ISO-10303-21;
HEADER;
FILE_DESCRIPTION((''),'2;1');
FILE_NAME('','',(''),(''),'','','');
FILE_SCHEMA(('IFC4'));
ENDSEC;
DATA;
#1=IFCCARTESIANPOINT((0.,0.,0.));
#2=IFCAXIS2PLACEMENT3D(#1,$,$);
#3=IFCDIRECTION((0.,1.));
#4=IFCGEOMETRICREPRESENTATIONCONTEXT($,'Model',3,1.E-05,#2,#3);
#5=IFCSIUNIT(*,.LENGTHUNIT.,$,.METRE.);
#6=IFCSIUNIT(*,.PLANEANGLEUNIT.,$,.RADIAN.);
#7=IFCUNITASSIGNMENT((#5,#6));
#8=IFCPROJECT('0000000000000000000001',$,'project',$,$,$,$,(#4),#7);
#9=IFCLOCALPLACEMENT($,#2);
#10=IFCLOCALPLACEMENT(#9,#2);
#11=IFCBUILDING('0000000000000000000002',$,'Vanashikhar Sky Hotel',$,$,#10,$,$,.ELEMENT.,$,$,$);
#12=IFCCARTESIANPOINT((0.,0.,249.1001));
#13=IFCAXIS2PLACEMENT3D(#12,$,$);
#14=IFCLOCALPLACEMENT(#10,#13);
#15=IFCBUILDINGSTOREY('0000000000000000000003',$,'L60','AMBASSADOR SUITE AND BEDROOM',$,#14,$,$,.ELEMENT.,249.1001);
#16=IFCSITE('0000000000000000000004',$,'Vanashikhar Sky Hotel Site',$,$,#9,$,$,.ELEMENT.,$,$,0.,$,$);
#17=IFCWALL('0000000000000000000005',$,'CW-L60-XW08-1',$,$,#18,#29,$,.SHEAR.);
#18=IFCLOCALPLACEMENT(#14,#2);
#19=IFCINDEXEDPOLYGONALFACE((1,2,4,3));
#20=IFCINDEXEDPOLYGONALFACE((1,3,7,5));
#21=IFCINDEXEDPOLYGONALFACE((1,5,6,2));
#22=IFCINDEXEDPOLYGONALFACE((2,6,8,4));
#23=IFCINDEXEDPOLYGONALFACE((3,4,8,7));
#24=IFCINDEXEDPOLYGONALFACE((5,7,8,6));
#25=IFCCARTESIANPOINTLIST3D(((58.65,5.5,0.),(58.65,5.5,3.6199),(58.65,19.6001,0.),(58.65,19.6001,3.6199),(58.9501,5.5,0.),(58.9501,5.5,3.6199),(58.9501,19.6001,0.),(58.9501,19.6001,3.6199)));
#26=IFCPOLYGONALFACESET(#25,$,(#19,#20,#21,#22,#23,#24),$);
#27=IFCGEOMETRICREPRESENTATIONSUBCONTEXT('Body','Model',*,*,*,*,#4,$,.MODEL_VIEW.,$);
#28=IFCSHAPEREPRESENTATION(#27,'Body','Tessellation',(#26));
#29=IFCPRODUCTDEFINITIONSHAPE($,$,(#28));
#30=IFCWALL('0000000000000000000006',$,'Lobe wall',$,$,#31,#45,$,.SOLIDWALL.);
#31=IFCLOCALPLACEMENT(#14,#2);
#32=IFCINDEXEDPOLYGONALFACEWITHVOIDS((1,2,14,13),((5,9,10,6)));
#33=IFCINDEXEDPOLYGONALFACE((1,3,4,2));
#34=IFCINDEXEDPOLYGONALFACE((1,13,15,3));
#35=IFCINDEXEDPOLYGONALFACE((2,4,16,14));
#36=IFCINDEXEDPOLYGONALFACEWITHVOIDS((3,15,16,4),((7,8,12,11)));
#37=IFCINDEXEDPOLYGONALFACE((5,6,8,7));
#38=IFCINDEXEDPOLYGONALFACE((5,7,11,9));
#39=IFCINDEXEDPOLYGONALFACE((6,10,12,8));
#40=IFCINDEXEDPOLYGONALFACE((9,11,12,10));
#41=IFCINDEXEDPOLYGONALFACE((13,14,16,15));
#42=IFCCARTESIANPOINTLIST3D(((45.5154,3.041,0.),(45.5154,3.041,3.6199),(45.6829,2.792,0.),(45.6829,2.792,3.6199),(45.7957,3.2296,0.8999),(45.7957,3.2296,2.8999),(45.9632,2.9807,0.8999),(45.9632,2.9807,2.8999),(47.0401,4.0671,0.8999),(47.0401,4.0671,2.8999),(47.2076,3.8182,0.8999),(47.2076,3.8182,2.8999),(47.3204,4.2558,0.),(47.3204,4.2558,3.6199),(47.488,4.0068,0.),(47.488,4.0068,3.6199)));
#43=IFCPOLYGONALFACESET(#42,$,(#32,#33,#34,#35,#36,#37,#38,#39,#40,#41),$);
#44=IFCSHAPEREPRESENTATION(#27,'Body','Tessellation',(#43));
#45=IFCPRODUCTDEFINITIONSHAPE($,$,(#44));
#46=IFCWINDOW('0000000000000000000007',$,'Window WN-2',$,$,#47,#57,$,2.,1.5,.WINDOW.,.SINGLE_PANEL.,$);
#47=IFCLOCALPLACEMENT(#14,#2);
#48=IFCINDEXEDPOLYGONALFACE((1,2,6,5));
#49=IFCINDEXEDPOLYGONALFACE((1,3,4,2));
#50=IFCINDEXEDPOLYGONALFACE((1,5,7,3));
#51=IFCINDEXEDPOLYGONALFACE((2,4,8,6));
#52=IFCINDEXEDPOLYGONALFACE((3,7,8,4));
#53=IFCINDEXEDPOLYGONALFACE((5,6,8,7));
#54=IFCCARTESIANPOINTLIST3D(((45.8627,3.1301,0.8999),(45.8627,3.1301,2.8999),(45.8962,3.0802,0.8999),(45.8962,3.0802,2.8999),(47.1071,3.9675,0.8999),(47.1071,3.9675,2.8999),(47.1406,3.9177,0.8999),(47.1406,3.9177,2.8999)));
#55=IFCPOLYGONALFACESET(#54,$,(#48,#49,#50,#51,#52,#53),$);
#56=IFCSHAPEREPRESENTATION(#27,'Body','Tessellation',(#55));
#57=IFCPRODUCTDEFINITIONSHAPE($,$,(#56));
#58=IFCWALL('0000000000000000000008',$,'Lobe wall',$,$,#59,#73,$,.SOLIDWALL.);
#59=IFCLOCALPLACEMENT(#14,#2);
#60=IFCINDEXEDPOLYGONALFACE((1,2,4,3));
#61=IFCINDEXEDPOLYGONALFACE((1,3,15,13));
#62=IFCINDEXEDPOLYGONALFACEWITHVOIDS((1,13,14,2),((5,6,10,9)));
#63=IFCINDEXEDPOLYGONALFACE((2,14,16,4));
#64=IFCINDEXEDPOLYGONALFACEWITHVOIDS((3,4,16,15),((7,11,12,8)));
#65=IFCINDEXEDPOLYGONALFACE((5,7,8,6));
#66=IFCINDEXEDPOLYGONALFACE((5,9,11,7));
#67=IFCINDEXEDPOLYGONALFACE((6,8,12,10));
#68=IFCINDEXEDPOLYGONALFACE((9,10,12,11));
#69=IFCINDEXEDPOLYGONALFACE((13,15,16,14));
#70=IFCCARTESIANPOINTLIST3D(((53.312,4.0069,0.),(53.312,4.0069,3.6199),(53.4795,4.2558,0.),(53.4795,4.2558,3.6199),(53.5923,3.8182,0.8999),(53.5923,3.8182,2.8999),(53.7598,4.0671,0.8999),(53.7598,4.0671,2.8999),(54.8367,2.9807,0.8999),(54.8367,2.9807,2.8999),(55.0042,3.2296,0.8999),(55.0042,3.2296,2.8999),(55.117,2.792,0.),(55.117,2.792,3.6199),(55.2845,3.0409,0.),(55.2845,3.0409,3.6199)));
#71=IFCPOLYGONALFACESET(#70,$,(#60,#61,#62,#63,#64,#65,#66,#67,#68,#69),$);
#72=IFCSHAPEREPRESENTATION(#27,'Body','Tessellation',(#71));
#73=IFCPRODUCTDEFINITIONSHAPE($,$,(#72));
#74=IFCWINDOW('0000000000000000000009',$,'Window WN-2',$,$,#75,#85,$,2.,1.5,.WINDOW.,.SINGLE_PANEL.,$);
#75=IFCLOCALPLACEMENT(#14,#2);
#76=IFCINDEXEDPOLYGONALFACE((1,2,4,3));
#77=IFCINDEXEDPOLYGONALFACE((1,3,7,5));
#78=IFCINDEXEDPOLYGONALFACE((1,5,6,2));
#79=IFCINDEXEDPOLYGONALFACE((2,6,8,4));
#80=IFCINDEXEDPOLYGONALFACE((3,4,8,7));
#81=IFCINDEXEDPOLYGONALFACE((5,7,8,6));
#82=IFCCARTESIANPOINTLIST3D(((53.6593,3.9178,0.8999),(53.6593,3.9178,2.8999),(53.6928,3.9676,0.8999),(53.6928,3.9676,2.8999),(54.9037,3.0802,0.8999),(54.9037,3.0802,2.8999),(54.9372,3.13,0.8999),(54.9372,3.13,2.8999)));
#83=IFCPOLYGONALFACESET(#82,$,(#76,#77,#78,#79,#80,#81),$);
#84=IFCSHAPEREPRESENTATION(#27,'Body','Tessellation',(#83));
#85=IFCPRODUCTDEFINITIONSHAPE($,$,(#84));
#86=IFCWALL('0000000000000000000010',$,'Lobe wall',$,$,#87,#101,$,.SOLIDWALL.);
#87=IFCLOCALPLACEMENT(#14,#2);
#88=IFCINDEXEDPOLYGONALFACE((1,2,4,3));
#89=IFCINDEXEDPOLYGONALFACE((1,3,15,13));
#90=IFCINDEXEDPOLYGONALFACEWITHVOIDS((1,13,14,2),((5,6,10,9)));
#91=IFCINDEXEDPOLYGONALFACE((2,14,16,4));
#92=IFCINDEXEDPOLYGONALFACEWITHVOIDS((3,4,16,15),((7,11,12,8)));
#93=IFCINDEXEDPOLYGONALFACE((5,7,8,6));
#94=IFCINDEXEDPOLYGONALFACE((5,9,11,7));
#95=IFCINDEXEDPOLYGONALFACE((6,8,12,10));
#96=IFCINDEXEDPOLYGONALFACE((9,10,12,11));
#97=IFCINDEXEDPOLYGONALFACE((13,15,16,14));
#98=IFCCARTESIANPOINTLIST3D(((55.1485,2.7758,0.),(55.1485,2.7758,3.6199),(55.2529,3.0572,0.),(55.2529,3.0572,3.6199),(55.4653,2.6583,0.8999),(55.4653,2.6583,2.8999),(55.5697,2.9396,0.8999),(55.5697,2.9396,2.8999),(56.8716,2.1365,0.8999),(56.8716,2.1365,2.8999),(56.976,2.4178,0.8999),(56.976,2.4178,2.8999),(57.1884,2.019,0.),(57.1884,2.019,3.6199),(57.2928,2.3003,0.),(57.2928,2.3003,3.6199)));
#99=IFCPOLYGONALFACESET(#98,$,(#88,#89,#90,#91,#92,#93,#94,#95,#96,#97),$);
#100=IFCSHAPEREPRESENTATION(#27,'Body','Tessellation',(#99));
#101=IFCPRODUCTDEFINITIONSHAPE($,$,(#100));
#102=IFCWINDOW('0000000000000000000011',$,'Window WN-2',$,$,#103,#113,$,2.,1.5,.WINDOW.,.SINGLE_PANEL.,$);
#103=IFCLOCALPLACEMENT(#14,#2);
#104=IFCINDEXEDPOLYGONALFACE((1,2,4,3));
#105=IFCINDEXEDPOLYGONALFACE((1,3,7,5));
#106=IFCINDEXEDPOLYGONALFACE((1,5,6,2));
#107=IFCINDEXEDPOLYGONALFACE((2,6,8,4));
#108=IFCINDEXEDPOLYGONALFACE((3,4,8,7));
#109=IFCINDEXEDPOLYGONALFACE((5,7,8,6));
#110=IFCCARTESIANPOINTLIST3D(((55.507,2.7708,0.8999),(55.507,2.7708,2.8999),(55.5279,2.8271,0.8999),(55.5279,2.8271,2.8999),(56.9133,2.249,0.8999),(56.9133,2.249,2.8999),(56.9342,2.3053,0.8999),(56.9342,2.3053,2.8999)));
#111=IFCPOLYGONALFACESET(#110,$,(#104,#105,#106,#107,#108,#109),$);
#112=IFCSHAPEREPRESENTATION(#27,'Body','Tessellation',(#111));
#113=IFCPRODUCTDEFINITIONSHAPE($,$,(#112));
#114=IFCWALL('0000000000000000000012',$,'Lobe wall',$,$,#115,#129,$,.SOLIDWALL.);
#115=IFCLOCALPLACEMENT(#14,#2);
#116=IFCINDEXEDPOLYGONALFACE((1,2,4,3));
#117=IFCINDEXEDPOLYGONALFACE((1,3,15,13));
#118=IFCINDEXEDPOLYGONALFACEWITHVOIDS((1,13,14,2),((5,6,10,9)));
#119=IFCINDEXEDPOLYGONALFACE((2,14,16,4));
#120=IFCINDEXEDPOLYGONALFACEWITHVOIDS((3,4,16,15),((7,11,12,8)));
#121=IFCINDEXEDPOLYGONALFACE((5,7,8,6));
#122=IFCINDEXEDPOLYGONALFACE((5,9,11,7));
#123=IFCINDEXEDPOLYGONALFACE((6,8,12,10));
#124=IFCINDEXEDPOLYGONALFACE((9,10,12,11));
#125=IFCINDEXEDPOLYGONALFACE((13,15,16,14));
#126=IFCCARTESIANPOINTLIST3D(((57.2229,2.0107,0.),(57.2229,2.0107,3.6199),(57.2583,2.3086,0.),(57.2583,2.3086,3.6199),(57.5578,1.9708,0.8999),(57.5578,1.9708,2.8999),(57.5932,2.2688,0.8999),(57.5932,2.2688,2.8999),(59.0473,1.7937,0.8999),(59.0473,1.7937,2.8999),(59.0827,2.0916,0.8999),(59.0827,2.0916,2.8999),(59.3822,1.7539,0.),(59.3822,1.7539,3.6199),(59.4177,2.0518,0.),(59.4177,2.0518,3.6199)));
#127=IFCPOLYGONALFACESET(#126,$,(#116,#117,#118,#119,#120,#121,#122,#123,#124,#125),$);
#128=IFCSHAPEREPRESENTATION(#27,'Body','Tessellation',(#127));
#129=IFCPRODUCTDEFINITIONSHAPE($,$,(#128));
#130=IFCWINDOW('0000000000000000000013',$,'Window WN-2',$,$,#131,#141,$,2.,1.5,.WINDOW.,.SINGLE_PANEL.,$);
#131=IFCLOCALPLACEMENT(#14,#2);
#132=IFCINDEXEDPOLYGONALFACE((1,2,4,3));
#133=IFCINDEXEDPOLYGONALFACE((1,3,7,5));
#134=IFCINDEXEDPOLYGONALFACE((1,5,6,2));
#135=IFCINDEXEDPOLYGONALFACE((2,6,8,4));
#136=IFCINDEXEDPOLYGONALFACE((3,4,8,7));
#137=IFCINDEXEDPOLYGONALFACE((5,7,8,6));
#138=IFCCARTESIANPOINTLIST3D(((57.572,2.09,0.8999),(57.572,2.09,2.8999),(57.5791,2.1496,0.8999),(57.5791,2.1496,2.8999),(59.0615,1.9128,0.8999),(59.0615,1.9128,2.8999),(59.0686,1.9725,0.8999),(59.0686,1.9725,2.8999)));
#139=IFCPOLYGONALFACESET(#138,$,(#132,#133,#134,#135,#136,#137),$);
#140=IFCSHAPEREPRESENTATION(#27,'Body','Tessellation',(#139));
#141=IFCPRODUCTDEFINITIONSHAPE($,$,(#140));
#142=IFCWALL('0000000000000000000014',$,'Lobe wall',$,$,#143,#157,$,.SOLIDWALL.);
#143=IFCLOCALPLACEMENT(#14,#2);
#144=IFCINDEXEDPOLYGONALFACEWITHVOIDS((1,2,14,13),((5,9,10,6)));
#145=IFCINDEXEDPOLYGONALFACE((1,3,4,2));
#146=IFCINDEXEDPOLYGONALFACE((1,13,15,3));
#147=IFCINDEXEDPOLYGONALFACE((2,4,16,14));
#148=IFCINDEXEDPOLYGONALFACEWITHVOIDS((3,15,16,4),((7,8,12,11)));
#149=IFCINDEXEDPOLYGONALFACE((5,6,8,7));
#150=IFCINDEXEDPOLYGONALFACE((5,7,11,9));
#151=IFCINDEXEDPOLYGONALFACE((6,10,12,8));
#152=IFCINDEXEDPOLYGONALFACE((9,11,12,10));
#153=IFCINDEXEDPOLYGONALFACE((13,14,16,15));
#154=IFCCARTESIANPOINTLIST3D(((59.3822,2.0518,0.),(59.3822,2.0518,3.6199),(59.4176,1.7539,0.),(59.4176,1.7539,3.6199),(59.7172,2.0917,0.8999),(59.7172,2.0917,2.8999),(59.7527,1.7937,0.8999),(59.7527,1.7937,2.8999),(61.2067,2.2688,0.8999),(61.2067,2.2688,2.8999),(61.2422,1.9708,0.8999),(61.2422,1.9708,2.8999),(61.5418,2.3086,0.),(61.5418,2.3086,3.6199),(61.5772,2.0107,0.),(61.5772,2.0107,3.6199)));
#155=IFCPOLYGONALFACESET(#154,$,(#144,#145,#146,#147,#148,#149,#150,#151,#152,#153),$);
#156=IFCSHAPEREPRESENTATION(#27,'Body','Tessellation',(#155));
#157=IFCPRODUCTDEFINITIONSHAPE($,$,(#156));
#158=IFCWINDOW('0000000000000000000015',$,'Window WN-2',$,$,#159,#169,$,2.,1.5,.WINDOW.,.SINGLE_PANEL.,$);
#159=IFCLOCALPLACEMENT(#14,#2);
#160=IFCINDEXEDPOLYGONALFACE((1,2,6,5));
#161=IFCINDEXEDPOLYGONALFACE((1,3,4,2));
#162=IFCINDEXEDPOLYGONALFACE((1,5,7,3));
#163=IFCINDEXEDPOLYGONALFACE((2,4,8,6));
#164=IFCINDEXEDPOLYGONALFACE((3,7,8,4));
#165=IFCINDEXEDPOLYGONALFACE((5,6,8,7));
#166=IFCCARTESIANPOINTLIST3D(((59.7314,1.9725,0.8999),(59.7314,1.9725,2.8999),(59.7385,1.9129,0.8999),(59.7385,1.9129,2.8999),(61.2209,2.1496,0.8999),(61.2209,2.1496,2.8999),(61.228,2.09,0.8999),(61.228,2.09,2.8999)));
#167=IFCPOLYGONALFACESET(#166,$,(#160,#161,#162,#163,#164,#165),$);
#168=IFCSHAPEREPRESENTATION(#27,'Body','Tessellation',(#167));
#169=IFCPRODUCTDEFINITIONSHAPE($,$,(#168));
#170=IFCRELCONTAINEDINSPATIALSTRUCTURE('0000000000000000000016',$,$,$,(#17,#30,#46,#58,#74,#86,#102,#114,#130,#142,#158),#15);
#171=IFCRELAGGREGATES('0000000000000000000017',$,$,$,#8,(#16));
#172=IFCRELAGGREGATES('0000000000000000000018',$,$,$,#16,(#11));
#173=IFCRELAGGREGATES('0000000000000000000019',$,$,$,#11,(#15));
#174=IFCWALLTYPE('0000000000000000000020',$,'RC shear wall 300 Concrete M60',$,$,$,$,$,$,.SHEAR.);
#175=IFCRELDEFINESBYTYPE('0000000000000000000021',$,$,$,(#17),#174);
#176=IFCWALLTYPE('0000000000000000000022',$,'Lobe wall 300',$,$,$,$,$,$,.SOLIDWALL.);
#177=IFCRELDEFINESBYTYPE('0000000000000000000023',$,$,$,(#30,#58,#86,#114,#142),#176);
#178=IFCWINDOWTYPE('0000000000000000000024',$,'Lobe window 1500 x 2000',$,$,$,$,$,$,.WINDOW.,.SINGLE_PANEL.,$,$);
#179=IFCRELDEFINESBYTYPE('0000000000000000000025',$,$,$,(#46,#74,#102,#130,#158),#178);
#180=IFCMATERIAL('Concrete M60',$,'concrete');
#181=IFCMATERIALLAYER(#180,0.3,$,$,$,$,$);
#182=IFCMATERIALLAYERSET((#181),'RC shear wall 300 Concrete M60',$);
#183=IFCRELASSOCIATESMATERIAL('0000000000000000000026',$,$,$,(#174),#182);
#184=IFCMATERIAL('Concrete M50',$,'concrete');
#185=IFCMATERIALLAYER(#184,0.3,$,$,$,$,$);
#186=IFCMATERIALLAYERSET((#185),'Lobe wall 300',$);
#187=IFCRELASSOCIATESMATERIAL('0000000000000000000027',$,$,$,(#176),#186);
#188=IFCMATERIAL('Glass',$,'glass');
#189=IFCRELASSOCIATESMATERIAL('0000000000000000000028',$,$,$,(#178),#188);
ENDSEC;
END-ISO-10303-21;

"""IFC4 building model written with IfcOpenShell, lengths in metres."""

from ifc_helpers import new_model, si_unit, direction, frame, frame_2d, origin, place, context, subcontext, project, spatial, rectangle, extrude, source, transform, mapped, material, layer, layer_set, type_object, element, fill, save


model = new_model("IFC4")

# Units and contexts
model_context = context("Model", 3, precision=1e-05, world=origin(), true_north=direction((0.0, 1.0)))
body_context = subcontext(model_context, "Body", "Model", "MODEL_VIEW")
ifc_project = project(units=[si_unit("LENGTHUNIT", "METRE"), si_unit("PLANEANGLEUNIT", "RADIAN")], contexts=[model_context])

# Site, building, storey
site_placement = place(None, origin())
site = spatial("IfcSite", under=ifc_project, at=site_placement, Name="Vanashikhar Sky Hotel Site", CompositionType="ELEMENT", RefElevation=0.0)
building_placement = place(site_placement, origin())
building = spatial("IfcBuilding", under=site, at=building_placement, Name="Vanashikhar Sky Hotel", CompositionType="ELEMENT")
storey_placement = place(building_placement, frame((0.0, 0.0, 249.1001)))
storey = spatial("IfcBuildingStorey", under=building, at=storey_placement, Name="L60", Description="AMBASSADOR SUITE AND BEDROOM", CompositionType="ELEMENT", Elevation=249.1001)

# Wall
ifc_material_1 = material(Name="Concrete M60", Category="concrete")
ifc_layer_1 = layer(ifc_material_1, 0.3)
ifc_layer_set_1 = layer_set([ifc_layer_1], Name="RC shear wall 300 Concrete M60")
wall_type_1 = type_object("IfcWallType", Name="RC shear wall 300 Concrete M60", PredefinedType="SHEAR", material=ifc_layer_set_1)
shared_shape_1 = source(origin(), body_context, "Body", "SweptSolid", [
    extrude(rectangle(XDim=14.1001, YDim=0.3, at=frame_2d((7.05, 0.0))), origin(), (0.0, 0.0, 1.0), 3.6199),
])
wall_1_placement = place(storey_placement, frame((58.8, 5.5, 0.0), z_axis=(0.0, 0.0, 1.0), x_axis=(0.0, 1.0, 0.0)))
element("IfcWall", 1, at=wall_1_placement, inside=storey, type_object=wall_type_1, Name="CW-L60-XW08-1", PredefinedType="SHEAR", context=body_context, shape_type="MappedRepresentation", body=[
    mapped(shared_shape_1, transform((0.0, 0.0, 0.0), scale=1.0)),
])

# Walls, openings, windows
ifc_material_2 = material(Name="Concrete M50", Category="concrete")
ifc_layer_2 = layer(ifc_material_2, 0.3)
ifc_layer_set_2 = layer_set([ifc_layer_2], Name="Lobe wall 300")
wall_type_2 = type_object("IfcWallType", Name="Lobe wall 300", PredefinedType="SOLIDWALL", material=ifc_layer_set_2)
shared_shape_2 = source(origin(), body_context, "Body", "SweptSolid", [
    extrude(rectangle(XDim=2.1758, YDim=0.3, at=frame_2d((1.0879, 0.0))), origin(), (0.0, 0.0, 1.0), 3.6199),
])
wall_2_placement = place(storey_placement, frame((45.5991, 2.9165, 0.0), z_axis=(0.0, 0.0, 1.0), x_axis=(0.829626, 0.55832, 0.0)))
wall_2 = element("IfcWall", 2, at=wall_2_placement, inside=storey, type_object=wall_type_2, Name="Lobe wall", PredefinedType="SOLIDWALL", context=body_context, shape_type="MappedRepresentation", body=[
    mapped(shared_shape_2, transform((0.0, 0.0, 0.0), scale=1.0)),
])
shared_shape_3 = source(origin(), body_context, "Body", "SweptSolid", [
    extrude(rectangle(XDim=1.5, YDim=2.0, at=frame_2d((0.75, 1.0))), frame((0.0, 0.1602, 0.0), z_axis=(0.0, -1.0, 0.0), x_axis=(1.0, 0.0, 0.0)), (0.0, 0.0, 1.0), 0.3201),
])
opening_1_placement = place(wall_2_placement, frame((0.3379, 0.0, 0.8999)))
opening_1 = element("IfcOpeningElement", 3, at=opening_1_placement, cuts=wall_2, PredefinedType="OPENING", context=body_context, shape_type="MappedRepresentation", body=[
    mapped(shared_shape_3, transform((0.0, 0.0, 0.0), scale=1.0)),
])
ifc_material_3 = material(Name="Glass", Category="glass")
window_type = type_object("IfcWindowType", Name="Lobe window 1500 x 2000", PartitioningType="SINGLE_PANEL", PredefinedType="WINDOW", material=ifc_material_3)
shared_shape_4 = source(origin(), body_context, "Body", "SweptSolid", [
    extrude(rectangle(XDim=1.5, YDim=2.0, at=frame_2d((0.75, 1.0))), frame((0.0, 0.03, 0.0), z_axis=(0.0, -1.0, 0.0), x_axis=(1.0, 0.0, 0.0)), (0.0, 0.0, 1.0), 0.0601),
])
window_1_placement = place(opening_1_placement, origin())
window_1 = element("IfcWindow", 4, at=window_1_placement, inside=storey, type_object=window_type, Name="Window WN-2", OverallHeight=2.0, OverallWidth=1.5, PartitioningType="SINGLE_PANEL", PredefinedType="WINDOW", context=body_context, shape_type="MappedRepresentation", body=[
    mapped(shared_shape_4, transform((0.0, 0.0, 0.0), scale=1.0)),
])
fill(opening_1, window_1)
wall_3_placement = place(storey_placement, frame((53.3958, 4.1313, 0.0), z_axis=(0.0, 0.0, 1.0), x_axis=(0.829591, -0.558372, 0.0)))
wall_3 = element("IfcWall", 5, at=wall_3_placement, inside=storey, type_object=wall_type_2, Name="Lobe wall", PredefinedType="SOLIDWALL", context=body_context, shape_type="MappedRepresentation", body=[
    mapped(shared_shape_2, transform((0.0, 0.0, 0.0), scale=1.0)),
])
opening_2_placement = place(wall_3_placement, frame((0.3379, 0.0, 0.8999)))
opening_2 = element("IfcOpeningElement", 6, at=opening_2_placement, cuts=wall_3, PredefinedType="OPENING", context=body_context, shape_type="MappedRepresentation", body=[
    mapped(shared_shape_3, transform((0.0, 0.0, 0.0), scale=1.0)),
])
window_2_placement = place(opening_2_placement, origin())
window_2 = element("IfcWindow", 7, at=window_2_placement, inside=storey, type_object=window_type, Name="Window WN-2", OverallHeight=2.0, OverallWidth=1.5, PartitioningType="SINGLE_PANEL", PredefinedType="WINDOW", context=body_context, shape_type="MappedRepresentation", body=[
    mapped(shared_shape_4, transform((0.0, 0.0, 0.0), scale=1.0)),
])
fill(opening_2, window_2)
wall_4_placement = place(storey_placement, frame((55.2007, 2.9165, 0.0), z_axis=(0.0, 0.0, 1.0), x_axis=(0.937546, -0.347863, 0.0)))
wall_4 = element("IfcWall", 8, at=wall_4_placement, inside=storey, type_object=wall_type_2, Name="Lobe wall", PredefinedType="SOLIDWALL", context=body_context, shape_type="MappedRepresentation", body=[
    mapped(shared_shape_2, transform((0.0, 0.0, 0.0), scale=1.0)),
])
opening_3_placement = place(wall_4_placement, frame((0.3379, 0.0, 0.8999)))
opening_3 = element("IfcOpeningElement", 9, at=opening_3_placement, cuts=wall_4, PredefinedType="OPENING", context=body_context, shape_type="MappedRepresentation", body=[
    mapped(shared_shape_3, transform((0.0, 0.0, 0.0), scale=1.0)),
])
window_3_placement = place(opening_3_placement, origin())
window_3 = element("IfcWindow", 10, at=window_3_placement, inside=storey, type_object=window_type, Name="Window WN-2", OverallHeight=2.0, OverallWidth=1.5, PartitioningType="SINGLE_PANEL", PredefinedType="WINDOW", context=body_context, shape_type="MappedRepresentation", body=[
    mapped(shared_shape_4, transform((0.0, 0.0, 0.0), scale=1.0)),
])
fill(opening_3, window_3)
shared_shape_5 = source(origin(), body_context, "Body", "SweptSolid", [
    extrude(rectangle(XDim=2.1746, YDim=0.3, at=frame_2d((1.0874, 0.0))), origin(), (0.0, 0.0, 1.0), 3.6199),
])
wall_5_placement = place(storey_placement, frame((57.2405, 2.1597, 0.0), z_axis=(0.0, 0.0, 1.0), x_axis=(0.993001, -0.118105, 0.0)))
wall_5 = element("IfcWall", 11, at=wall_5_placement, inside=storey, type_object=wall_type_2, Name="Lobe wall", PredefinedType="SOLIDWALL", context=body_context, shape_type="MappedRepresentation", body=[
    mapped(shared_shape_5, transform((0.0, 0.0, 0.0), scale=1.0)),
])
opening_4_placement = place(wall_5_placement, frame((0.3374, 0.0, 0.8999)))
opening_4 = element("IfcOpeningElement", 12, at=opening_4_placement, cuts=wall_5, PredefinedType="OPENING", context=body_context, shape_type="MappedRepresentation", body=[
    mapped(shared_shape_3, transform((0.0, 0.0, 0.0), scale=1.0)),
])
window_4_placement = place(opening_4_placement, origin())
window_4 = element("IfcWindow", 13, at=window_4_placement, inside=storey, type_object=window_type, Name="Window WN-2", OverallHeight=2.0, OverallWidth=1.5, PartitioningType="SINGLE_PANEL", PredefinedType="WINDOW", context=body_context, shape_type="MappedRepresentation", body=[
    mapped(shared_shape_4, transform((0.0, 0.0, 0.0), scale=1.0)),
])
fill(opening_4, window_4)
shared_shape_6 = source(origin(), body_context, "Body", "SweptSolid", [
    extrude(rectangle(XDim=2.1748, YDim=0.3, at=frame_2d((1.0874, 0.0))), origin(), (0.0, 0.0, 1.0), 3.6199),
])
wall_6_placement = place(storey_placement, frame((59.3999, 1.9028, 0.0), z_axis=(0.0, 0.0, 1.0), x_axis=(0.993003, 0.118092, 0.0)))
wall_6 = element("IfcWall", 14, at=wall_6_placement, inside=storey, type_object=wall_type_2, Name="Lobe wall", PredefinedType="SOLIDWALL", context=body_context, shape_type="MappedRepresentation", body=[
    mapped(shared_shape_6, transform((0.0, 0.0, 0.0), scale=1.0)),
])
opening_5_placement = place(wall_6_placement, frame((0.3374, 0.0, 0.8999)))
opening_5 = element("IfcOpeningElement", 15, at=opening_5_placement, cuts=wall_6, PredefinedType="OPENING", context=body_context, shape_type="MappedRepresentation", body=[
    mapped(shared_shape_3, transform((0.0, 0.0, 0.0), scale=1.0)),
])
window_5_placement = place(opening_5_placement, origin())
window_5 = element("IfcWindow", 16, at=window_5_placement, inside=storey, type_object=window_type, Name="Window WN-2", OverallHeight=2.0, OverallWidth=1.5, PartitioningType="SINGLE_PANEL", PredefinedType="WINDOW", context=body_context, shape_type="MappedRepresentation", body=[
    mapped(shared_shape_4, transform((0.0, 0.0, 0.0), scale=1.0)),
])
fill(opening_5, window_5)

save(model, "model.ifc")
